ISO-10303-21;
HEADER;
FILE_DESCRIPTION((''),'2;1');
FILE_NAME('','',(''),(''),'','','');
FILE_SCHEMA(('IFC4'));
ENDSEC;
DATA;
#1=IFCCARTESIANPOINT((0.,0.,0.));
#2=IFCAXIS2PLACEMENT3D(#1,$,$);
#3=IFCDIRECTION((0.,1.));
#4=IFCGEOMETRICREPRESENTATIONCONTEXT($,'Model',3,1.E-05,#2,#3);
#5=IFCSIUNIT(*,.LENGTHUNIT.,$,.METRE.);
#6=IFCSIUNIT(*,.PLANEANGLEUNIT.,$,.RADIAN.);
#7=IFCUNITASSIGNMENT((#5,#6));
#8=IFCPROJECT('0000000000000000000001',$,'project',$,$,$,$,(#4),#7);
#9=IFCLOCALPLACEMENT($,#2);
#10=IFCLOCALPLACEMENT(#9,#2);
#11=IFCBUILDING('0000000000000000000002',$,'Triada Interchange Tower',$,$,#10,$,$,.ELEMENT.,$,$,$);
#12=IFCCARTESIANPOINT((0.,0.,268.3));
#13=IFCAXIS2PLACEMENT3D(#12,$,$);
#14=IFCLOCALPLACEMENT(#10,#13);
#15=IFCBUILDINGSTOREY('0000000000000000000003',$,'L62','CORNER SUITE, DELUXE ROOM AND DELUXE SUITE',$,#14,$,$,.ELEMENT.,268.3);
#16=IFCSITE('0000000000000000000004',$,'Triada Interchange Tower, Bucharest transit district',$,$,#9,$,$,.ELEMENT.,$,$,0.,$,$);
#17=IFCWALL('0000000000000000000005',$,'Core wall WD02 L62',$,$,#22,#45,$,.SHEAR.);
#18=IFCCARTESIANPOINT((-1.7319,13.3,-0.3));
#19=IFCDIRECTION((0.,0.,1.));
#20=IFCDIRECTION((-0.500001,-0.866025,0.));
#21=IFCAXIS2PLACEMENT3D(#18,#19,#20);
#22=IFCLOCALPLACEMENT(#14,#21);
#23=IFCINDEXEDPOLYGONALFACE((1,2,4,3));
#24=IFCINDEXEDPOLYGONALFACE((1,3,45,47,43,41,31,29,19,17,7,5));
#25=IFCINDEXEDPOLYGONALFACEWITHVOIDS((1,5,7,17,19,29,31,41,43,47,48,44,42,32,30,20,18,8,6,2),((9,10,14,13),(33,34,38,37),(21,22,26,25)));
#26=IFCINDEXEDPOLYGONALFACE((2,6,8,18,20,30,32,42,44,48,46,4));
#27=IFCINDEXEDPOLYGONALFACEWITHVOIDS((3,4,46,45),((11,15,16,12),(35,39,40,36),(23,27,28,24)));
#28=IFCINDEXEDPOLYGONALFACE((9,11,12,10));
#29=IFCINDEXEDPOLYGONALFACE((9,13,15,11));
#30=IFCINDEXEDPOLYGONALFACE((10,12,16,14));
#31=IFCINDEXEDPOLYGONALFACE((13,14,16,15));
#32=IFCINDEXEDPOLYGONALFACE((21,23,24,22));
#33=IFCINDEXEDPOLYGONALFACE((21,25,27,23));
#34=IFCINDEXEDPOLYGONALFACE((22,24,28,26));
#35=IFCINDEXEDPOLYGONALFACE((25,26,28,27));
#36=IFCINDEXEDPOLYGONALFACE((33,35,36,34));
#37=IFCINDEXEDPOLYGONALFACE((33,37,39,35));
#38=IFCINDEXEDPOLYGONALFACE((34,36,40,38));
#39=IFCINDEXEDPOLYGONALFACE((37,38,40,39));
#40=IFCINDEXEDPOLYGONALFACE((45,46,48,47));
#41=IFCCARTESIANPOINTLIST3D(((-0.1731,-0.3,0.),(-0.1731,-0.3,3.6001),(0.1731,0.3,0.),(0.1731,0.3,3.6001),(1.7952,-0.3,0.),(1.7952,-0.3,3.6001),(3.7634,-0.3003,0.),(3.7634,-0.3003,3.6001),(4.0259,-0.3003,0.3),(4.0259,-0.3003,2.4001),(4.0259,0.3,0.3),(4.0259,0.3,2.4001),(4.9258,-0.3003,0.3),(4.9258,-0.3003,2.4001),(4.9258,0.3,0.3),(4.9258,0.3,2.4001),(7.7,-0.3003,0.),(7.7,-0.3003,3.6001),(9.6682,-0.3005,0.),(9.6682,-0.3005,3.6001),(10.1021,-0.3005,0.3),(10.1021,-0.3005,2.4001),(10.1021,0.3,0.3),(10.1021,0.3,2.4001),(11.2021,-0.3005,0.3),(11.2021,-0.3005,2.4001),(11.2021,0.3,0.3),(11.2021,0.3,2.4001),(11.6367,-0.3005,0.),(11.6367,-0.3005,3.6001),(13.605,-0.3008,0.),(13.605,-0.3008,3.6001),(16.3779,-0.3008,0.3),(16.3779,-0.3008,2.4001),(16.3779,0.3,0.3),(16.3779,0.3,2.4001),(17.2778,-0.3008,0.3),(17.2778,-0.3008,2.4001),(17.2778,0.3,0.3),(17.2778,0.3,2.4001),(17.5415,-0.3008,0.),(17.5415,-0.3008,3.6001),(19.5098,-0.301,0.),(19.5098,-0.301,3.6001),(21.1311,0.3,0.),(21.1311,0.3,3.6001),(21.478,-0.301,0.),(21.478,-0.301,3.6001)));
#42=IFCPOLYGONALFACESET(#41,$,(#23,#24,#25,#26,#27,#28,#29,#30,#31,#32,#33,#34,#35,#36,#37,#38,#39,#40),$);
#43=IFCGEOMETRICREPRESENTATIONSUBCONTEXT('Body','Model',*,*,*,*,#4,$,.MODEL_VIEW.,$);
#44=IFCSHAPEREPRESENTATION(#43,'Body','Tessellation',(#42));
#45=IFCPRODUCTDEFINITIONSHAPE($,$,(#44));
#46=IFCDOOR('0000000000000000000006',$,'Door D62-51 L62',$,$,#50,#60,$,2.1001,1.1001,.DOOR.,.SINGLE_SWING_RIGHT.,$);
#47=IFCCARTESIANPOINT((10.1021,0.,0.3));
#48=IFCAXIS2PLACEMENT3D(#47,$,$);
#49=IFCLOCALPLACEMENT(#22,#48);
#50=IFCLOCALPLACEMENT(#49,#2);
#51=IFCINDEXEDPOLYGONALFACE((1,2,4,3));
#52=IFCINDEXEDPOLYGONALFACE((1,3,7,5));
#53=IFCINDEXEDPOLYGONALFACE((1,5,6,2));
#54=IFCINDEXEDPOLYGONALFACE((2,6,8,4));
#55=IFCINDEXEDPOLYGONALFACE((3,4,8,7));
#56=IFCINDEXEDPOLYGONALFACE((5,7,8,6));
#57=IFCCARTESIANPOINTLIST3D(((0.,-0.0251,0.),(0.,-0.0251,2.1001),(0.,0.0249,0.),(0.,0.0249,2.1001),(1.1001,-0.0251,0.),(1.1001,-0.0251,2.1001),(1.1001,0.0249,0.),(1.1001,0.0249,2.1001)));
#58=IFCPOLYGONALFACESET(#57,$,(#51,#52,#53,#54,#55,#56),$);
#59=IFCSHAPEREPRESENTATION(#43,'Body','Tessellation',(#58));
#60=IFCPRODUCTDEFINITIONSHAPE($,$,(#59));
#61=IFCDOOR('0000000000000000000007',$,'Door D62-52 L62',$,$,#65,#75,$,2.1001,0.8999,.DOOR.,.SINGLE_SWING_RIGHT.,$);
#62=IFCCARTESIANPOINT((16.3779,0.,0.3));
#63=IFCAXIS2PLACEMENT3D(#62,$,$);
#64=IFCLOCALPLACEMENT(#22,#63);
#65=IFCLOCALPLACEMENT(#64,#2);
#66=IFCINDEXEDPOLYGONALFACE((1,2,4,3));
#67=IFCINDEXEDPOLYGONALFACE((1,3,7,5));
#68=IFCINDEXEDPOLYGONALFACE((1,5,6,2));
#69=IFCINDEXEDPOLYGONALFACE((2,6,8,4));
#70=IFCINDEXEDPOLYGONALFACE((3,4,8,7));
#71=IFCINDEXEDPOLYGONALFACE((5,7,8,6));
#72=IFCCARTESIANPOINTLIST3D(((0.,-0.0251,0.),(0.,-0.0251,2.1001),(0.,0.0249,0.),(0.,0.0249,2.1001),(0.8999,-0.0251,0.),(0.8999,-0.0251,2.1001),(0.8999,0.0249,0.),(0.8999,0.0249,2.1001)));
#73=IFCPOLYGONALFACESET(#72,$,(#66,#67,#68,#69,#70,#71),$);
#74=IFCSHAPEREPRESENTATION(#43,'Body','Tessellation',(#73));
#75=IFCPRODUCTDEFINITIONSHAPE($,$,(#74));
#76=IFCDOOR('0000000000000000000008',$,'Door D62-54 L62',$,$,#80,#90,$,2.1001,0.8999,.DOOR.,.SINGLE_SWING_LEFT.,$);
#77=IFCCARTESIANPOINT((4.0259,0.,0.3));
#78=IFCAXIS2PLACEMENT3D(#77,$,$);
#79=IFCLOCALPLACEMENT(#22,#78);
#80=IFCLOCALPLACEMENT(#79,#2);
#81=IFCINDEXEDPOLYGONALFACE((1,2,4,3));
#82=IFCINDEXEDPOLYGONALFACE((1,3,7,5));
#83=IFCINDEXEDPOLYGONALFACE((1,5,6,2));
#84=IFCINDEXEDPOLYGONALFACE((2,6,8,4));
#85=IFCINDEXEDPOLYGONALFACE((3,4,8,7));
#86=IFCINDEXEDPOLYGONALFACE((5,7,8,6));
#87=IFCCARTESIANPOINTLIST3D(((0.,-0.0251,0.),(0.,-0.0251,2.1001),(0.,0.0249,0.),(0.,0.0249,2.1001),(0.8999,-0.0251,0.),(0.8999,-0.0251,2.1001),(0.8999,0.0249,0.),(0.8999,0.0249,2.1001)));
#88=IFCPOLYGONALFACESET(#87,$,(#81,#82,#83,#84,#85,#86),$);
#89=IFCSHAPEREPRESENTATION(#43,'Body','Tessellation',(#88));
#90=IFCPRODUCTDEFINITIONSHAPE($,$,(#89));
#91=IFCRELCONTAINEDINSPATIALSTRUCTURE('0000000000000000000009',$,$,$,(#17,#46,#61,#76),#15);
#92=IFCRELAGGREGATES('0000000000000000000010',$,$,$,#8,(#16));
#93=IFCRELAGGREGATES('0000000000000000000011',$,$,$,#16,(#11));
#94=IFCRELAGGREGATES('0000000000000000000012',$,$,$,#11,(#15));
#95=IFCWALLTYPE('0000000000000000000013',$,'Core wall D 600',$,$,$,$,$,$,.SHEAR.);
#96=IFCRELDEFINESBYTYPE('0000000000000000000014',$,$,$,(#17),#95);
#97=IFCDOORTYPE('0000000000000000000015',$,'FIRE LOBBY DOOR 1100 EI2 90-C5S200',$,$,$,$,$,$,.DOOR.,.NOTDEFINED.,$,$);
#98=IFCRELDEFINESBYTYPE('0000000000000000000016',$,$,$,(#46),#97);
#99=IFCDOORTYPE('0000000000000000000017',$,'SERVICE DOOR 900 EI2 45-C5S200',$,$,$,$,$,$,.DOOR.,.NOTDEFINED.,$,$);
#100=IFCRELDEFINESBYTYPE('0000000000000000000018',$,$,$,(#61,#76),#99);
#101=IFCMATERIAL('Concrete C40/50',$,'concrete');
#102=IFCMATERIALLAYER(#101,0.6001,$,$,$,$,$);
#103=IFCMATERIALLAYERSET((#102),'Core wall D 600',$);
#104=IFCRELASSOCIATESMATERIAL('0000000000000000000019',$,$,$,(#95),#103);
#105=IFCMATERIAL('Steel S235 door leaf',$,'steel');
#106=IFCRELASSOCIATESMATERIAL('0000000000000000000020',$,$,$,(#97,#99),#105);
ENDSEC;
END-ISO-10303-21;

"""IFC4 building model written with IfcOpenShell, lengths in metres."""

from ifc_helpers import new_model, si_unit, direction, frame, frame_2d, origin, place, context, subcontext, project, spatial, polyline, rectangle, outline, extrude, material, layer, layer_set, type_object, element, fill, save


model = new_model("IFC4")

# Units and contexts
model_context = context("Model", 3, precision=1e-05, world=origin(), true_north=direction((0.0, 1.0)))
body_context = subcontext(model_context, "Body", "Model", "MODEL_VIEW")
ifc_project = project(units=[si_unit("LENGTHUNIT", "METRE"), si_unit("PLANEANGLEUNIT", "RADIAN")], contexts=[model_context])

# Site, building, storey
site_placement = place(None, origin())
site = spatial("IfcSite", under=ifc_project, at=site_placement, Name="Triada Interchange Tower, Bucharest transit district", CompositionType="ELEMENT", RefElevation=0.0)
building_placement = place(site_placement, origin())
building = spatial("IfcBuilding", under=site, at=building_placement, Name="Triada Interchange Tower", CompositionType="ELEMENT")
storey_placement = place(building_placement, frame((0.0, 0.0, 268.3)))
storey = spatial("IfcBuildingStorey", under=building, at=storey_placement, Name="L62", Description="CORNER SUITE, DELUXE ROOM AND DELUXE SUITE", CompositionType="ELEMENT", Elevation=268.3)

# Shared definitions
ifc_material_1 = material(Name="Concrete C40/50", Category="concrete")

# Wall, openings, doors
ifc_layer_1 = layer(ifc_material_1, 0.6001)
ifc_layer_set_1 = layer_set([ifc_layer_1], Name="Core wall D 600")
wall_type_1 = type_object("IfcWallType", Name="Core wall D 600", PredefinedType="SHEAR", material=ifc_layer_set_1)
wall_1_placement = place(storey_placement, frame((-1.7319, 13.3, -0.3), z_axis=(0.0, 0.0, 1.0), x_axis=(-0.500001, -0.866025, 0.0)))
wall_1 = element("IfcWall", 1, at=wall_1_placement, inside=storey, type_object=wall_type_1, Name="Core wall WD02 L62", PredefinedType="SHEAR", context=body_context, shape_type="SweptSolid", body=[
    extrude(outline(polyline([(-0.1731, -0.3), (1.7952, -0.3), (3.7634, -0.3003), (5.7317, -0.3003), (7.7, -0.3003), (9.6682, -0.3005), (11.6367, -0.3005), (13.605, -0.3008), (15.5732, -0.3008), (17.5415, -0.3008), (19.5098, -0.301), (21.478, -0.301), (21.1311, 0.3), (19.2258, 0.3), (17.3206, 0.3), (15.4153, 0.3), (13.51, 0.3), (11.6047, 0.3), (9.6995, 0.3), (7.7942, 0.3), (5.8889, 0.3), (3.9836, 0.3), (2.0784, 0.3), (0.1731, 0.3), (-0.1731, -0.3)])), origin(), (0.0, 0.0, 1.0), 3.6001),
])
opening_1_placement = place(wall_1_placement, frame((10.1021, 0.0, 0.3)))
opening_1 = element("IfcOpeningElement", 2, at=opening_1_placement, cuts=wall_1, PredefinedType="OPENING", context=body_context, shape_type="SweptSolid", body=[
    extrude(rectangle(XDim=1.1001, YDim=2.1001, at=frame_2d((0.55, 1.05))), frame((0.0, 0.3101, 0.0), z_axis=(0.0, -1.0, 0.0), x_axis=(1.0, 0.0, 0.0)), (0.0, 0.0, 1.0), 0.6211),
])
opening_2_placement = place(wall_1_placement, frame((16.3779, 0.0, 0.3)))
opening_2 = element("IfcOpeningElement", 3, at=opening_2_placement, cuts=wall_1, PredefinedType="OPENING", context=body_context, shape_type="SweptSolid", body=[
    extrude(rectangle(XDim=0.8999, YDim=2.1001, at=frame_2d((0.45, 1.05))), frame((0.0, 0.3101, 0.0), z_axis=(0.0, -1.0, 0.0), x_axis=(1.0, 0.0, 0.0)), (0.0, 0.0, 1.0), 0.6211),
])
opening_3_placement = place(wall_1_placement, frame((4.0259, 0.0, 0.3)))
opening_3 = element("IfcOpeningElement", 4, at=opening_3_placement, cuts=wall_1, PredefinedType="OPENING", context=body_context, shape_type="SweptSolid", body=[
    extrude(rectangle(XDim=0.8999, YDim=2.1001, at=frame_2d((0.45, 1.05))), frame((0.0, 0.3101, 0.0), z_axis=(0.0, -1.0, 0.0), x_axis=(1.0, 0.0, 0.0)), (0.0, 0.0, 1.0), 0.6211),
])
ifc_material_2 = material(Name="Steel S235 door leaf", Category="steel")
door_type_1 = type_object("IfcDoorType", Name="FIRE LOBBY DOOR 1100 EI2 90-C5S200", OperationType="NOTDEFINED", PredefinedType="DOOR", material=ifc_material_2)
door_1_placement = place(opening_1_placement, origin())
door_1 = element("IfcDoor", 5, at=door_1_placement, inside=storey, type_object=door_type_1, Name="Door D62-51 L62", OperationType="SINGLE_SWING_RIGHT", OverallHeight=2.1001, OverallWidth=1.1001, PredefinedType="DOOR", context=body_context, shape_type="SweptSolid", body=[
    extrude(rectangle(XDim=1.1001, YDim=2.1001, at=frame_2d((0.55, 1.05))), frame((0.0, 0.0249, 0.0), z_axis=(0.0, -1.0, 0.0), x_axis=(1.0, 0.0, 0.0)), (0.0, 0.0, 1.0), 0.05),
])
fill(opening_1, door_1)
door_type_2 = type_object("IfcDoorType", Name="SERVICE DOOR 900 EI2 45-C5S200", OperationType="NOTDEFINED", PredefinedType="DOOR", material=ifc_material_2)
door_2_placement = place(opening_2_placement, origin())
door_2 = element("IfcDoor", 6, at=door_2_placement, inside=storey, type_object=door_type_2, Name="Door D62-52 L62", OperationType="SINGLE_SWING_RIGHT", OverallHeight=2.1001, OverallWidth=0.8999, PredefinedType="DOOR", context=body_context, shape_type="SweptSolid", body=[
    extrude(rectangle(XDim=0.8999, YDim=2.1001, at=frame_2d((0.45, 1.05))), frame((0.0, 0.0249, 0.0), z_axis=(0.0, -1.0, 0.0), x_axis=(1.0, 0.0, 0.0)), (0.0, 0.0, 1.0), 0.05),
])
fill(opening_2, door_2)
door_3_placement = place(opening_3_placement, origin())
door_3 = element("IfcDoor", 7, at=door_3_placement, inside=storey, type_object=door_type_2, Name="Door D62-54 L62", OperationType="SINGLE_SWING_LEFT", OverallHeight=2.1001, OverallWidth=0.8999, PredefinedType="DOOR", context=body_context, shape_type="SweptSolid", body=[
    extrude(rectangle(XDim=0.8999, YDim=2.1001, at=frame_2d((0.45, 1.05))), frame((0.0, 0.0249, 0.0), z_axis=(0.0, -1.0, 0.0), x_axis=(1.0, 0.0, 0.0)), (0.0, 0.0, 1.0), 0.05),
])
fill(opening_3, door_3)

save(model, "model.ifc")
